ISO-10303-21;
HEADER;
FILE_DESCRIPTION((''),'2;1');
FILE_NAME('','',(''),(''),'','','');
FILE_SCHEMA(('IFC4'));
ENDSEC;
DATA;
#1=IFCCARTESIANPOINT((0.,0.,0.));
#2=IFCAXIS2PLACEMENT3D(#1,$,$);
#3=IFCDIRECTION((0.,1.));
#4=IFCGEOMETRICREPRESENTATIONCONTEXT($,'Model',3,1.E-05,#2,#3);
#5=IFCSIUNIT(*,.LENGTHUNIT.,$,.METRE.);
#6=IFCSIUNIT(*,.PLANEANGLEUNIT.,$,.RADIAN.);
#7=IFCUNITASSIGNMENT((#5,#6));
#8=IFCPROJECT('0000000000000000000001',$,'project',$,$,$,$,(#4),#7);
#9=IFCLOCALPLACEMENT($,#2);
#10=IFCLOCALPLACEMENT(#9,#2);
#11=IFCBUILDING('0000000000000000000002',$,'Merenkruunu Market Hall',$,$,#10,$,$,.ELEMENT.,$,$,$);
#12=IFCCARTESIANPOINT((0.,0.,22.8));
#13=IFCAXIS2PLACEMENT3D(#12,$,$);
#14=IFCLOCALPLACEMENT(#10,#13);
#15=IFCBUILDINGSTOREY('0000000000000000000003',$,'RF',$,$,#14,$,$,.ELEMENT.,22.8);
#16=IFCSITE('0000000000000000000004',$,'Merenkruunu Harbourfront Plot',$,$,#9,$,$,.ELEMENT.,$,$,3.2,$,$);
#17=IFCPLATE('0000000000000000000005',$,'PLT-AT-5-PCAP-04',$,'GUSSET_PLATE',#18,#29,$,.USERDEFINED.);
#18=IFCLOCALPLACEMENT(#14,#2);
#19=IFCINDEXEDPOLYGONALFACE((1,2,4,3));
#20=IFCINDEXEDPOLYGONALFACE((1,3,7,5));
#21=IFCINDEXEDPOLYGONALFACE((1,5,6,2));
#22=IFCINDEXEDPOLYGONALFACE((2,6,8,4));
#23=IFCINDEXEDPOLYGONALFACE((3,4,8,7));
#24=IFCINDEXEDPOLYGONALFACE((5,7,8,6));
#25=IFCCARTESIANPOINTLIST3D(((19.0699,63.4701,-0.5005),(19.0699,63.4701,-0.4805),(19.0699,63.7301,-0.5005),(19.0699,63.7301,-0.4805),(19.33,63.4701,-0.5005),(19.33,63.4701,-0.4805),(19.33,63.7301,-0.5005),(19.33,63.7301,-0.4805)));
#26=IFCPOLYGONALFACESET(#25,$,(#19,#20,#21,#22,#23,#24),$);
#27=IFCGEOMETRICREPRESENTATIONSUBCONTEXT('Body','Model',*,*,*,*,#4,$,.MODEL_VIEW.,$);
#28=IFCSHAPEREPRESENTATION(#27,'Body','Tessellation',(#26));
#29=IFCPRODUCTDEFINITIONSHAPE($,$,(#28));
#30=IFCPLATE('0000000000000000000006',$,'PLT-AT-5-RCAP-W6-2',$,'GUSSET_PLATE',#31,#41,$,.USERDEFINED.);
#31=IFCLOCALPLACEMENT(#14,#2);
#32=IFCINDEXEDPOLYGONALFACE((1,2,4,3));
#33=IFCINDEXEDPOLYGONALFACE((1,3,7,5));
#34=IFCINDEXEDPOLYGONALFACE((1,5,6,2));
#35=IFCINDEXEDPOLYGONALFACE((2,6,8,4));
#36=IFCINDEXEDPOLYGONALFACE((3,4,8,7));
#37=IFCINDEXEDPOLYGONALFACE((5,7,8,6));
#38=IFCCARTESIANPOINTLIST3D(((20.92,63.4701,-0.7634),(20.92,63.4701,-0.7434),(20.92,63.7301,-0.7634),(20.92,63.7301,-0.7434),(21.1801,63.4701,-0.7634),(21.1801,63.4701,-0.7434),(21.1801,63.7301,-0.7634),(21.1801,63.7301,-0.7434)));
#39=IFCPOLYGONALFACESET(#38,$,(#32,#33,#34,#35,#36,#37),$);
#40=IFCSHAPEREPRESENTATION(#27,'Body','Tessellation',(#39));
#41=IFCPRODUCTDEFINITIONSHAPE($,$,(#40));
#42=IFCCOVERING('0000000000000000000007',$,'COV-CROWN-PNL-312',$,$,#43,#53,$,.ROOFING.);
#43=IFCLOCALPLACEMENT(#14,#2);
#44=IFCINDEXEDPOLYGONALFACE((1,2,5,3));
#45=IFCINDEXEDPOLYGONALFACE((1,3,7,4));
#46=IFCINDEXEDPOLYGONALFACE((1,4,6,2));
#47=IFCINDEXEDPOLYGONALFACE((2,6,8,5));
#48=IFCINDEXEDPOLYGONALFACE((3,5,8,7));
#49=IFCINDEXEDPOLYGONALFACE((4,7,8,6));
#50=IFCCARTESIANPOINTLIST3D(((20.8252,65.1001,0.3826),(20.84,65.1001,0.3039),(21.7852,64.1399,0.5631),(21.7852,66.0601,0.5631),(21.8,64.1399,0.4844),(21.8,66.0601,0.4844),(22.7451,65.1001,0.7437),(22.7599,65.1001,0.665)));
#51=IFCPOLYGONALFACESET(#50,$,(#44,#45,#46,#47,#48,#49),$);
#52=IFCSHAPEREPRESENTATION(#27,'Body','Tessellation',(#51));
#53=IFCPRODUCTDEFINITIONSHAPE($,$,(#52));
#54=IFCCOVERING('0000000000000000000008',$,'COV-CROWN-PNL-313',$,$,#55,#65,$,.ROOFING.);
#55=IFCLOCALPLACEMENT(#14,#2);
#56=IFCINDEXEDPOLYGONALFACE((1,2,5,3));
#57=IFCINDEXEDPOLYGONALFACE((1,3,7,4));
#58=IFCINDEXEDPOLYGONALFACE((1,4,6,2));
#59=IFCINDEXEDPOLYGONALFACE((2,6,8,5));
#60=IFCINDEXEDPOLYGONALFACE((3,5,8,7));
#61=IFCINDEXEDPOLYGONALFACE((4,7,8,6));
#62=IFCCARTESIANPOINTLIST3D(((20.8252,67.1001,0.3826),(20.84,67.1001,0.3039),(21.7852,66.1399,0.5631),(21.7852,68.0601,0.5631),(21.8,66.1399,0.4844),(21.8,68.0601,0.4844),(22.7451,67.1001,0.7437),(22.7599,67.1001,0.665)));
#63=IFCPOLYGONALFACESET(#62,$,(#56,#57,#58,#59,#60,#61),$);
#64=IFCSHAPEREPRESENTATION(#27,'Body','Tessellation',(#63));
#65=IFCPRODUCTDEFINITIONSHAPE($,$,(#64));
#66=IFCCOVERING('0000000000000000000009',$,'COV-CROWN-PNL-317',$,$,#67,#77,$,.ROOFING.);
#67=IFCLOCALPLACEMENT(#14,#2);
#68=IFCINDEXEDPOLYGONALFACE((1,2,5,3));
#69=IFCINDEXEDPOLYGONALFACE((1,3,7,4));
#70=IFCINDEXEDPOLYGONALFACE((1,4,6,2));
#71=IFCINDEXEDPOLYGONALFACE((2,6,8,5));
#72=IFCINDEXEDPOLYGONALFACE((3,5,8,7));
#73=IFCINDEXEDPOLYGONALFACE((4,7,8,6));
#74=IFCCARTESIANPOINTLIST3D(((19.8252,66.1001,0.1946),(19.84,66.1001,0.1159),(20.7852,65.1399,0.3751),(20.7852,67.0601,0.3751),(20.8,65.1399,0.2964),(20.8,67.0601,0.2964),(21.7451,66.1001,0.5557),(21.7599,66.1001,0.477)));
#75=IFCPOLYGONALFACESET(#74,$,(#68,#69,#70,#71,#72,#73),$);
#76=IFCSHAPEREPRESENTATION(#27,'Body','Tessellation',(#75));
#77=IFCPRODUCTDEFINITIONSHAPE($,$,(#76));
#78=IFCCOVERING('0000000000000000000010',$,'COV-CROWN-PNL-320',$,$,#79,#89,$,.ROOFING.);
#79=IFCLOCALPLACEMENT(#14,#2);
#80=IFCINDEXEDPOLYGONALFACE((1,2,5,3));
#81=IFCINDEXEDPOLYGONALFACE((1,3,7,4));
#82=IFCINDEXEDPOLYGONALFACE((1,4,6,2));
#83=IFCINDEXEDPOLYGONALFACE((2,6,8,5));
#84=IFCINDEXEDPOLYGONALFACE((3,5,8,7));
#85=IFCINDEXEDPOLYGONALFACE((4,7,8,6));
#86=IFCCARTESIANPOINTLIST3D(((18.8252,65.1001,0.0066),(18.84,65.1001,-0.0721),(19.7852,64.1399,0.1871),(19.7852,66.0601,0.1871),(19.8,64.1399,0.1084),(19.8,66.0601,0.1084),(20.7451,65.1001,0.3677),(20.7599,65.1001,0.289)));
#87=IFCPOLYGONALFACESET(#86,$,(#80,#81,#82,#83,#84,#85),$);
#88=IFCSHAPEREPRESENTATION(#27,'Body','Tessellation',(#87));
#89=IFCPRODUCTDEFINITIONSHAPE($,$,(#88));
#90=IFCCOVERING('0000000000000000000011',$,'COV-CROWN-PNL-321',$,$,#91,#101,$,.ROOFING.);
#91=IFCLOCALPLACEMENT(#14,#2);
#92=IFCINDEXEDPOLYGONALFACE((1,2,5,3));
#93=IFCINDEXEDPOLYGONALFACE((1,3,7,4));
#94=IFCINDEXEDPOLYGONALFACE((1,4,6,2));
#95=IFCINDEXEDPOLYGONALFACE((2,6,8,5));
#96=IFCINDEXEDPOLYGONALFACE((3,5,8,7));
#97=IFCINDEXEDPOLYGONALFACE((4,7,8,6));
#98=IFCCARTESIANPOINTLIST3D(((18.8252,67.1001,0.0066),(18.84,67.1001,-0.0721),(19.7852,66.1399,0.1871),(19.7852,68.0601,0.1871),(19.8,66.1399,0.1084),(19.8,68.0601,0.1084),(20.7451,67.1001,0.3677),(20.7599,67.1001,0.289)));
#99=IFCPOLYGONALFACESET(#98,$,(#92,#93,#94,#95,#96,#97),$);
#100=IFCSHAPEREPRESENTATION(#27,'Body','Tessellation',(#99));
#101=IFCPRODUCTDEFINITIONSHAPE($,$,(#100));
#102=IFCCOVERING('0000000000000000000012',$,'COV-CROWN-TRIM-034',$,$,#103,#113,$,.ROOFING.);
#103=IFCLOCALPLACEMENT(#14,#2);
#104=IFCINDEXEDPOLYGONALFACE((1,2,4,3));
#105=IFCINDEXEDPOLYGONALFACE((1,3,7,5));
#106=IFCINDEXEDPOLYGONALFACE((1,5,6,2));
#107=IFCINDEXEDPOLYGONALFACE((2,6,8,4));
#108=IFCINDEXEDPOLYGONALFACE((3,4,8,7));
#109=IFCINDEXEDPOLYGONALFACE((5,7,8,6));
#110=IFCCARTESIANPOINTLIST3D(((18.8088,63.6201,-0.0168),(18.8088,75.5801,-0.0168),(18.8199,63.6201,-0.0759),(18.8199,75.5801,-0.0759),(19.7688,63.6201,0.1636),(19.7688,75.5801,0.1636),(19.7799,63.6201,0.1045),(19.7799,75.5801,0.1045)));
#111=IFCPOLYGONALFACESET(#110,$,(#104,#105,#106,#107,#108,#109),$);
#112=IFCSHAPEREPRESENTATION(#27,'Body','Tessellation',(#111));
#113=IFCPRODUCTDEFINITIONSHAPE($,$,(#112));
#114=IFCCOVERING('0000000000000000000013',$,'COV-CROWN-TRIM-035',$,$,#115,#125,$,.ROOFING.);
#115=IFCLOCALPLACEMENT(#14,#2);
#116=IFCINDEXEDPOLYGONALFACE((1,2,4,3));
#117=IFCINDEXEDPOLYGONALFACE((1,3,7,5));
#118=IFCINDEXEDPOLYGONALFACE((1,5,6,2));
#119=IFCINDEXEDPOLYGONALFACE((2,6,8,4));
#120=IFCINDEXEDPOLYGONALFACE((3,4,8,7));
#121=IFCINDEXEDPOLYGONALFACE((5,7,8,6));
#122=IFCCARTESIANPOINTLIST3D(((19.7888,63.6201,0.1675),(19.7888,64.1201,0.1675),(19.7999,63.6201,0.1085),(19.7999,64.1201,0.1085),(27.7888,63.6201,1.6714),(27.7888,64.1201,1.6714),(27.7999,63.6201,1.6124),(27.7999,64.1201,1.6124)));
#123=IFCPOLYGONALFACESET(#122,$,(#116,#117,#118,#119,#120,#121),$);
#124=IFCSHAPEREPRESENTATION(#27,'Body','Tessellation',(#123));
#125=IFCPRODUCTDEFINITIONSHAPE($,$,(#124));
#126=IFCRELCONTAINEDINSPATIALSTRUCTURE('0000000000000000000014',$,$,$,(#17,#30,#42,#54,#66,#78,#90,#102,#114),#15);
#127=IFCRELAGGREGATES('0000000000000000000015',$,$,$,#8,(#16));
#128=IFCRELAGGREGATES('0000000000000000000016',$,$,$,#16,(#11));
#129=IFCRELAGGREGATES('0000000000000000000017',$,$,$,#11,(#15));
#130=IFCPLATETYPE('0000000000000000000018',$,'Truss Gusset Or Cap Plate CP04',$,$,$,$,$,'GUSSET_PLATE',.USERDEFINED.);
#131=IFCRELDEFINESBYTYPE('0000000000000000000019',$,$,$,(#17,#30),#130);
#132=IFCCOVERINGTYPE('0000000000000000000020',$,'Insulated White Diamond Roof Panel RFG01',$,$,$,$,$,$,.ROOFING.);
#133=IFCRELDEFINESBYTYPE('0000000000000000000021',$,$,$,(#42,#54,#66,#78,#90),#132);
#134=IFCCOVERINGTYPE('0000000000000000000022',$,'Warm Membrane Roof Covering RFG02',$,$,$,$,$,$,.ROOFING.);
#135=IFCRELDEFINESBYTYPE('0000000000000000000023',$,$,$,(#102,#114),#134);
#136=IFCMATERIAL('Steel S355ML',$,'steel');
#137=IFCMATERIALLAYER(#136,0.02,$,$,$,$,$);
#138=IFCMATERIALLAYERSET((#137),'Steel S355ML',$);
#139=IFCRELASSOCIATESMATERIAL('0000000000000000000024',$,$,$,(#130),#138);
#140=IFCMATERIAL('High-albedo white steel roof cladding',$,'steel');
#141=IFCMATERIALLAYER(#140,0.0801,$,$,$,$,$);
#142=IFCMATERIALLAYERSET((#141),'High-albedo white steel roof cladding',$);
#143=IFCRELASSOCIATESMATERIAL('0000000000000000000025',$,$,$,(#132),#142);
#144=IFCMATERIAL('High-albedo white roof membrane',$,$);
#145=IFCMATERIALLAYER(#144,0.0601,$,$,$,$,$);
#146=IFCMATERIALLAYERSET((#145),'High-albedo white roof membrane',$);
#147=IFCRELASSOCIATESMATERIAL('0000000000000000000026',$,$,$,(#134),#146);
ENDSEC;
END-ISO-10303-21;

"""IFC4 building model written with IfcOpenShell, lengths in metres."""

from ifc_helpers import new_model, si_unit, direction, frame, origin, origin_2d, place, context, subcontext, project, spatial, polyline, rectangle, outline, extrude, material, layer, layer_set, type_object, element, save


model = new_model("IFC4")

# Units and contexts
model_context = context("Model", 3, precision=1e-05, world=origin(), true_north=direction((0.0, 1.0)))
body_context = subcontext(model_context, "Body", "Model", "MODEL_VIEW")
ifc_project = project(units=[si_unit("LENGTHUNIT", "METRE"), si_unit("PLANEANGLEUNIT", "RADIAN")], contexts=[model_context])

# Site, building, storey
site_placement = place(None, origin())
site = spatial("IfcSite", under=ifc_project, at=site_placement, Name="Merenkruunu Harbourfront Plot", CompositionType="ELEMENT", RefElevation=3.2)
building_placement = place(site_placement, origin())
building = spatial("IfcBuilding", under=site, at=building_placement, Name="Merenkruunu Market Hall", CompositionType="ELEMENT")
storey_placement = place(building_placement, frame((0.0, 0.0, 22.8)))
storey = spatial("IfcBuildingStorey", under=building, at=storey_placement, Name="RF", CompositionType="ELEMENT", Elevation=22.8)

# Shared definitions
ifc_material_1 = material(Name="Steel S355ML", Category="steel")

# Plates
ifc_layer_1 = layer(ifc_material_1, 0.02)
ifc_layer_set_1 = layer_set([ifc_layer_1], Name="Steel S355ML")
plate_type = type_object("IfcPlateType", Name="Truss Gusset Or Cap Plate CP04", ElementType="GUSSET_PLATE", PredefinedType="USERDEFINED", material=ifc_layer_set_1)
for number, where, z_axis, x_axis, name in (
    (1, (19.2, 63.6001, -0.5005), (0.0, 0.0, 1.0), (1.0, 0.0, 0.0), "PLT-AT-5-PCAP-04"),
    (2, (21.05, 63.6001, -0.7634), (0.0, 0.0, 1.0), (1.0, 0.0, 0.0), "PLT-AT-5-RCAP-W6-2"),
):
    element("IfcPlate", number, at=place(storey_placement, frame(where, z_axis=z_axis, x_axis=x_axis)), inside=storey, type_object=plate_type, Name=name, ObjectType="GUSSET_PLATE", PredefinedType="USERDEFINED", context=body_context, shape_type="SweptSolid", body=[
        extrude(rectangle(XDim=0.26, YDim=0.26, at=origin_2d()), origin(), (0.0, 0.0, 1.0), 0.02),
    ])

# Coverings
ifc_material_2 = material(Name="High-albedo white steel roof cladding", Category="steel")
ifc_layer_2 = layer(ifc_material_2, 0.0801)
ifc_layer_set_2 = layer_set([ifc_layer_2], Name="High-albedo white steel roof cladding")
covering_type_1 = type_object("IfcCoveringType", Name="Insulated White Diamond Roof Panel RFG01", PredefinedType="ROOFING", material=ifc_layer_set_2)
for number, where, z_axis, x_axis, name in (
    (3, (20.8252, 65.1001, 0.3826), (-0.184832, 0.0, 0.98277), (0.700856, -0.701018, 0.131812), "COV-CROWN-PNL-312"),
    (4, (20.8252, 67.1001, 0.3826), (-0.184832, 0.0, 0.98277), (0.700856, -0.701018, 0.131812), "COV-CROWN-PNL-313"),
    (5, (19.8252, 66.1001, 0.1946), (-0.184832, 0.0, 0.98277), (0.700856, -0.701018, 0.131812), "COV-CROWN-PNL-317"),
    (6, (18.8252, 65.1001, 0.0066), (-0.184832, 0.0, 0.98277), (0.700856, -0.701018, 0.131812), "COV-CROWN-PNL-320"),
    (7, (18.8252, 67.1001, 0.0066), (-0.184832, 0.0, 0.98277), (0.700856, -0.701018, 0.131812), "COV-CROWN-PNL-321"),
):
    element("IfcCovering", number, at=place(storey_placement, frame(where, z_axis=z_axis, x_axis=x_axis)), inside=storey, type_object=covering_type_1, Name=name, PredefinedType="ROOFING", context=body_context, shape_type="SweptSolid", body=[
        extrude(outline(polyline([(0.0, 0.0), (1.3697, 0.0), (1.3932, 1.3695), (0.0237, 1.3694), (0.0, 0.0)])), origin(), (0.0, 0.0, -1.0), 0.0801),
    ])
ifc_material_3 = material(Name="High-albedo white roof membrane")
ifc_layer_3 = layer(ifc_material_3, 0.0601)
ifc_layer_set_3 = layer_set([ifc_layer_3], Name="High-albedo white roof membrane")
covering_type_2 = type_object("IfcCoveringType", Name="Warm Membrane Roof Covering RFG02", PredefinedType="ROOFING", material=ifc_layer_set_3)
covering_1_placement = place(storey_placement, frame((18.8088, 63.6201, -0.0168), z_axis=(-0.184711, 0.0, 0.982793), x_axis=(0.982793, 0.0, 0.184711)))
element("IfcCovering", 8, at=covering_1_placement, inside=storey, type_object=covering_type_2, Name="COV-CROWN-TRIM-034", PredefinedType="ROOFING", context=body_context, shape_type="SweptSolid", body=[
    extrude(outline(polyline([(0.0, 0.0), (0.9768, 0.0), (0.9768, 11.96), (0.0, 11.96), (0.0, 0.0)])), origin(), (0.0, 0.0, -1.0), 0.0601),
])
covering_2_placement = place(storey_placement, frame((19.7888, 63.6201, 0.1675), z_axis=(-0.184752, 0.0, 0.982785), x_axis=(0.982785, 0.0, 0.184752)))
element("IfcCovering", 9, at=covering_2_placement, inside=storey, type_object=covering_type_2, Name="COV-CROWN-TRIM-035", PredefinedType="ROOFING", context=body_context, shape_type="SweptSolid", body=[
    extrude(outline(polyline([(0.0, 0.0), (8.1401, 0.0), (8.1401, 0.5), (0.0, 0.5), (0.0, 0.0)])), origin(), (0.0, 0.0, -1.0), 0.0601),
])

save(model, "model.ifc")
